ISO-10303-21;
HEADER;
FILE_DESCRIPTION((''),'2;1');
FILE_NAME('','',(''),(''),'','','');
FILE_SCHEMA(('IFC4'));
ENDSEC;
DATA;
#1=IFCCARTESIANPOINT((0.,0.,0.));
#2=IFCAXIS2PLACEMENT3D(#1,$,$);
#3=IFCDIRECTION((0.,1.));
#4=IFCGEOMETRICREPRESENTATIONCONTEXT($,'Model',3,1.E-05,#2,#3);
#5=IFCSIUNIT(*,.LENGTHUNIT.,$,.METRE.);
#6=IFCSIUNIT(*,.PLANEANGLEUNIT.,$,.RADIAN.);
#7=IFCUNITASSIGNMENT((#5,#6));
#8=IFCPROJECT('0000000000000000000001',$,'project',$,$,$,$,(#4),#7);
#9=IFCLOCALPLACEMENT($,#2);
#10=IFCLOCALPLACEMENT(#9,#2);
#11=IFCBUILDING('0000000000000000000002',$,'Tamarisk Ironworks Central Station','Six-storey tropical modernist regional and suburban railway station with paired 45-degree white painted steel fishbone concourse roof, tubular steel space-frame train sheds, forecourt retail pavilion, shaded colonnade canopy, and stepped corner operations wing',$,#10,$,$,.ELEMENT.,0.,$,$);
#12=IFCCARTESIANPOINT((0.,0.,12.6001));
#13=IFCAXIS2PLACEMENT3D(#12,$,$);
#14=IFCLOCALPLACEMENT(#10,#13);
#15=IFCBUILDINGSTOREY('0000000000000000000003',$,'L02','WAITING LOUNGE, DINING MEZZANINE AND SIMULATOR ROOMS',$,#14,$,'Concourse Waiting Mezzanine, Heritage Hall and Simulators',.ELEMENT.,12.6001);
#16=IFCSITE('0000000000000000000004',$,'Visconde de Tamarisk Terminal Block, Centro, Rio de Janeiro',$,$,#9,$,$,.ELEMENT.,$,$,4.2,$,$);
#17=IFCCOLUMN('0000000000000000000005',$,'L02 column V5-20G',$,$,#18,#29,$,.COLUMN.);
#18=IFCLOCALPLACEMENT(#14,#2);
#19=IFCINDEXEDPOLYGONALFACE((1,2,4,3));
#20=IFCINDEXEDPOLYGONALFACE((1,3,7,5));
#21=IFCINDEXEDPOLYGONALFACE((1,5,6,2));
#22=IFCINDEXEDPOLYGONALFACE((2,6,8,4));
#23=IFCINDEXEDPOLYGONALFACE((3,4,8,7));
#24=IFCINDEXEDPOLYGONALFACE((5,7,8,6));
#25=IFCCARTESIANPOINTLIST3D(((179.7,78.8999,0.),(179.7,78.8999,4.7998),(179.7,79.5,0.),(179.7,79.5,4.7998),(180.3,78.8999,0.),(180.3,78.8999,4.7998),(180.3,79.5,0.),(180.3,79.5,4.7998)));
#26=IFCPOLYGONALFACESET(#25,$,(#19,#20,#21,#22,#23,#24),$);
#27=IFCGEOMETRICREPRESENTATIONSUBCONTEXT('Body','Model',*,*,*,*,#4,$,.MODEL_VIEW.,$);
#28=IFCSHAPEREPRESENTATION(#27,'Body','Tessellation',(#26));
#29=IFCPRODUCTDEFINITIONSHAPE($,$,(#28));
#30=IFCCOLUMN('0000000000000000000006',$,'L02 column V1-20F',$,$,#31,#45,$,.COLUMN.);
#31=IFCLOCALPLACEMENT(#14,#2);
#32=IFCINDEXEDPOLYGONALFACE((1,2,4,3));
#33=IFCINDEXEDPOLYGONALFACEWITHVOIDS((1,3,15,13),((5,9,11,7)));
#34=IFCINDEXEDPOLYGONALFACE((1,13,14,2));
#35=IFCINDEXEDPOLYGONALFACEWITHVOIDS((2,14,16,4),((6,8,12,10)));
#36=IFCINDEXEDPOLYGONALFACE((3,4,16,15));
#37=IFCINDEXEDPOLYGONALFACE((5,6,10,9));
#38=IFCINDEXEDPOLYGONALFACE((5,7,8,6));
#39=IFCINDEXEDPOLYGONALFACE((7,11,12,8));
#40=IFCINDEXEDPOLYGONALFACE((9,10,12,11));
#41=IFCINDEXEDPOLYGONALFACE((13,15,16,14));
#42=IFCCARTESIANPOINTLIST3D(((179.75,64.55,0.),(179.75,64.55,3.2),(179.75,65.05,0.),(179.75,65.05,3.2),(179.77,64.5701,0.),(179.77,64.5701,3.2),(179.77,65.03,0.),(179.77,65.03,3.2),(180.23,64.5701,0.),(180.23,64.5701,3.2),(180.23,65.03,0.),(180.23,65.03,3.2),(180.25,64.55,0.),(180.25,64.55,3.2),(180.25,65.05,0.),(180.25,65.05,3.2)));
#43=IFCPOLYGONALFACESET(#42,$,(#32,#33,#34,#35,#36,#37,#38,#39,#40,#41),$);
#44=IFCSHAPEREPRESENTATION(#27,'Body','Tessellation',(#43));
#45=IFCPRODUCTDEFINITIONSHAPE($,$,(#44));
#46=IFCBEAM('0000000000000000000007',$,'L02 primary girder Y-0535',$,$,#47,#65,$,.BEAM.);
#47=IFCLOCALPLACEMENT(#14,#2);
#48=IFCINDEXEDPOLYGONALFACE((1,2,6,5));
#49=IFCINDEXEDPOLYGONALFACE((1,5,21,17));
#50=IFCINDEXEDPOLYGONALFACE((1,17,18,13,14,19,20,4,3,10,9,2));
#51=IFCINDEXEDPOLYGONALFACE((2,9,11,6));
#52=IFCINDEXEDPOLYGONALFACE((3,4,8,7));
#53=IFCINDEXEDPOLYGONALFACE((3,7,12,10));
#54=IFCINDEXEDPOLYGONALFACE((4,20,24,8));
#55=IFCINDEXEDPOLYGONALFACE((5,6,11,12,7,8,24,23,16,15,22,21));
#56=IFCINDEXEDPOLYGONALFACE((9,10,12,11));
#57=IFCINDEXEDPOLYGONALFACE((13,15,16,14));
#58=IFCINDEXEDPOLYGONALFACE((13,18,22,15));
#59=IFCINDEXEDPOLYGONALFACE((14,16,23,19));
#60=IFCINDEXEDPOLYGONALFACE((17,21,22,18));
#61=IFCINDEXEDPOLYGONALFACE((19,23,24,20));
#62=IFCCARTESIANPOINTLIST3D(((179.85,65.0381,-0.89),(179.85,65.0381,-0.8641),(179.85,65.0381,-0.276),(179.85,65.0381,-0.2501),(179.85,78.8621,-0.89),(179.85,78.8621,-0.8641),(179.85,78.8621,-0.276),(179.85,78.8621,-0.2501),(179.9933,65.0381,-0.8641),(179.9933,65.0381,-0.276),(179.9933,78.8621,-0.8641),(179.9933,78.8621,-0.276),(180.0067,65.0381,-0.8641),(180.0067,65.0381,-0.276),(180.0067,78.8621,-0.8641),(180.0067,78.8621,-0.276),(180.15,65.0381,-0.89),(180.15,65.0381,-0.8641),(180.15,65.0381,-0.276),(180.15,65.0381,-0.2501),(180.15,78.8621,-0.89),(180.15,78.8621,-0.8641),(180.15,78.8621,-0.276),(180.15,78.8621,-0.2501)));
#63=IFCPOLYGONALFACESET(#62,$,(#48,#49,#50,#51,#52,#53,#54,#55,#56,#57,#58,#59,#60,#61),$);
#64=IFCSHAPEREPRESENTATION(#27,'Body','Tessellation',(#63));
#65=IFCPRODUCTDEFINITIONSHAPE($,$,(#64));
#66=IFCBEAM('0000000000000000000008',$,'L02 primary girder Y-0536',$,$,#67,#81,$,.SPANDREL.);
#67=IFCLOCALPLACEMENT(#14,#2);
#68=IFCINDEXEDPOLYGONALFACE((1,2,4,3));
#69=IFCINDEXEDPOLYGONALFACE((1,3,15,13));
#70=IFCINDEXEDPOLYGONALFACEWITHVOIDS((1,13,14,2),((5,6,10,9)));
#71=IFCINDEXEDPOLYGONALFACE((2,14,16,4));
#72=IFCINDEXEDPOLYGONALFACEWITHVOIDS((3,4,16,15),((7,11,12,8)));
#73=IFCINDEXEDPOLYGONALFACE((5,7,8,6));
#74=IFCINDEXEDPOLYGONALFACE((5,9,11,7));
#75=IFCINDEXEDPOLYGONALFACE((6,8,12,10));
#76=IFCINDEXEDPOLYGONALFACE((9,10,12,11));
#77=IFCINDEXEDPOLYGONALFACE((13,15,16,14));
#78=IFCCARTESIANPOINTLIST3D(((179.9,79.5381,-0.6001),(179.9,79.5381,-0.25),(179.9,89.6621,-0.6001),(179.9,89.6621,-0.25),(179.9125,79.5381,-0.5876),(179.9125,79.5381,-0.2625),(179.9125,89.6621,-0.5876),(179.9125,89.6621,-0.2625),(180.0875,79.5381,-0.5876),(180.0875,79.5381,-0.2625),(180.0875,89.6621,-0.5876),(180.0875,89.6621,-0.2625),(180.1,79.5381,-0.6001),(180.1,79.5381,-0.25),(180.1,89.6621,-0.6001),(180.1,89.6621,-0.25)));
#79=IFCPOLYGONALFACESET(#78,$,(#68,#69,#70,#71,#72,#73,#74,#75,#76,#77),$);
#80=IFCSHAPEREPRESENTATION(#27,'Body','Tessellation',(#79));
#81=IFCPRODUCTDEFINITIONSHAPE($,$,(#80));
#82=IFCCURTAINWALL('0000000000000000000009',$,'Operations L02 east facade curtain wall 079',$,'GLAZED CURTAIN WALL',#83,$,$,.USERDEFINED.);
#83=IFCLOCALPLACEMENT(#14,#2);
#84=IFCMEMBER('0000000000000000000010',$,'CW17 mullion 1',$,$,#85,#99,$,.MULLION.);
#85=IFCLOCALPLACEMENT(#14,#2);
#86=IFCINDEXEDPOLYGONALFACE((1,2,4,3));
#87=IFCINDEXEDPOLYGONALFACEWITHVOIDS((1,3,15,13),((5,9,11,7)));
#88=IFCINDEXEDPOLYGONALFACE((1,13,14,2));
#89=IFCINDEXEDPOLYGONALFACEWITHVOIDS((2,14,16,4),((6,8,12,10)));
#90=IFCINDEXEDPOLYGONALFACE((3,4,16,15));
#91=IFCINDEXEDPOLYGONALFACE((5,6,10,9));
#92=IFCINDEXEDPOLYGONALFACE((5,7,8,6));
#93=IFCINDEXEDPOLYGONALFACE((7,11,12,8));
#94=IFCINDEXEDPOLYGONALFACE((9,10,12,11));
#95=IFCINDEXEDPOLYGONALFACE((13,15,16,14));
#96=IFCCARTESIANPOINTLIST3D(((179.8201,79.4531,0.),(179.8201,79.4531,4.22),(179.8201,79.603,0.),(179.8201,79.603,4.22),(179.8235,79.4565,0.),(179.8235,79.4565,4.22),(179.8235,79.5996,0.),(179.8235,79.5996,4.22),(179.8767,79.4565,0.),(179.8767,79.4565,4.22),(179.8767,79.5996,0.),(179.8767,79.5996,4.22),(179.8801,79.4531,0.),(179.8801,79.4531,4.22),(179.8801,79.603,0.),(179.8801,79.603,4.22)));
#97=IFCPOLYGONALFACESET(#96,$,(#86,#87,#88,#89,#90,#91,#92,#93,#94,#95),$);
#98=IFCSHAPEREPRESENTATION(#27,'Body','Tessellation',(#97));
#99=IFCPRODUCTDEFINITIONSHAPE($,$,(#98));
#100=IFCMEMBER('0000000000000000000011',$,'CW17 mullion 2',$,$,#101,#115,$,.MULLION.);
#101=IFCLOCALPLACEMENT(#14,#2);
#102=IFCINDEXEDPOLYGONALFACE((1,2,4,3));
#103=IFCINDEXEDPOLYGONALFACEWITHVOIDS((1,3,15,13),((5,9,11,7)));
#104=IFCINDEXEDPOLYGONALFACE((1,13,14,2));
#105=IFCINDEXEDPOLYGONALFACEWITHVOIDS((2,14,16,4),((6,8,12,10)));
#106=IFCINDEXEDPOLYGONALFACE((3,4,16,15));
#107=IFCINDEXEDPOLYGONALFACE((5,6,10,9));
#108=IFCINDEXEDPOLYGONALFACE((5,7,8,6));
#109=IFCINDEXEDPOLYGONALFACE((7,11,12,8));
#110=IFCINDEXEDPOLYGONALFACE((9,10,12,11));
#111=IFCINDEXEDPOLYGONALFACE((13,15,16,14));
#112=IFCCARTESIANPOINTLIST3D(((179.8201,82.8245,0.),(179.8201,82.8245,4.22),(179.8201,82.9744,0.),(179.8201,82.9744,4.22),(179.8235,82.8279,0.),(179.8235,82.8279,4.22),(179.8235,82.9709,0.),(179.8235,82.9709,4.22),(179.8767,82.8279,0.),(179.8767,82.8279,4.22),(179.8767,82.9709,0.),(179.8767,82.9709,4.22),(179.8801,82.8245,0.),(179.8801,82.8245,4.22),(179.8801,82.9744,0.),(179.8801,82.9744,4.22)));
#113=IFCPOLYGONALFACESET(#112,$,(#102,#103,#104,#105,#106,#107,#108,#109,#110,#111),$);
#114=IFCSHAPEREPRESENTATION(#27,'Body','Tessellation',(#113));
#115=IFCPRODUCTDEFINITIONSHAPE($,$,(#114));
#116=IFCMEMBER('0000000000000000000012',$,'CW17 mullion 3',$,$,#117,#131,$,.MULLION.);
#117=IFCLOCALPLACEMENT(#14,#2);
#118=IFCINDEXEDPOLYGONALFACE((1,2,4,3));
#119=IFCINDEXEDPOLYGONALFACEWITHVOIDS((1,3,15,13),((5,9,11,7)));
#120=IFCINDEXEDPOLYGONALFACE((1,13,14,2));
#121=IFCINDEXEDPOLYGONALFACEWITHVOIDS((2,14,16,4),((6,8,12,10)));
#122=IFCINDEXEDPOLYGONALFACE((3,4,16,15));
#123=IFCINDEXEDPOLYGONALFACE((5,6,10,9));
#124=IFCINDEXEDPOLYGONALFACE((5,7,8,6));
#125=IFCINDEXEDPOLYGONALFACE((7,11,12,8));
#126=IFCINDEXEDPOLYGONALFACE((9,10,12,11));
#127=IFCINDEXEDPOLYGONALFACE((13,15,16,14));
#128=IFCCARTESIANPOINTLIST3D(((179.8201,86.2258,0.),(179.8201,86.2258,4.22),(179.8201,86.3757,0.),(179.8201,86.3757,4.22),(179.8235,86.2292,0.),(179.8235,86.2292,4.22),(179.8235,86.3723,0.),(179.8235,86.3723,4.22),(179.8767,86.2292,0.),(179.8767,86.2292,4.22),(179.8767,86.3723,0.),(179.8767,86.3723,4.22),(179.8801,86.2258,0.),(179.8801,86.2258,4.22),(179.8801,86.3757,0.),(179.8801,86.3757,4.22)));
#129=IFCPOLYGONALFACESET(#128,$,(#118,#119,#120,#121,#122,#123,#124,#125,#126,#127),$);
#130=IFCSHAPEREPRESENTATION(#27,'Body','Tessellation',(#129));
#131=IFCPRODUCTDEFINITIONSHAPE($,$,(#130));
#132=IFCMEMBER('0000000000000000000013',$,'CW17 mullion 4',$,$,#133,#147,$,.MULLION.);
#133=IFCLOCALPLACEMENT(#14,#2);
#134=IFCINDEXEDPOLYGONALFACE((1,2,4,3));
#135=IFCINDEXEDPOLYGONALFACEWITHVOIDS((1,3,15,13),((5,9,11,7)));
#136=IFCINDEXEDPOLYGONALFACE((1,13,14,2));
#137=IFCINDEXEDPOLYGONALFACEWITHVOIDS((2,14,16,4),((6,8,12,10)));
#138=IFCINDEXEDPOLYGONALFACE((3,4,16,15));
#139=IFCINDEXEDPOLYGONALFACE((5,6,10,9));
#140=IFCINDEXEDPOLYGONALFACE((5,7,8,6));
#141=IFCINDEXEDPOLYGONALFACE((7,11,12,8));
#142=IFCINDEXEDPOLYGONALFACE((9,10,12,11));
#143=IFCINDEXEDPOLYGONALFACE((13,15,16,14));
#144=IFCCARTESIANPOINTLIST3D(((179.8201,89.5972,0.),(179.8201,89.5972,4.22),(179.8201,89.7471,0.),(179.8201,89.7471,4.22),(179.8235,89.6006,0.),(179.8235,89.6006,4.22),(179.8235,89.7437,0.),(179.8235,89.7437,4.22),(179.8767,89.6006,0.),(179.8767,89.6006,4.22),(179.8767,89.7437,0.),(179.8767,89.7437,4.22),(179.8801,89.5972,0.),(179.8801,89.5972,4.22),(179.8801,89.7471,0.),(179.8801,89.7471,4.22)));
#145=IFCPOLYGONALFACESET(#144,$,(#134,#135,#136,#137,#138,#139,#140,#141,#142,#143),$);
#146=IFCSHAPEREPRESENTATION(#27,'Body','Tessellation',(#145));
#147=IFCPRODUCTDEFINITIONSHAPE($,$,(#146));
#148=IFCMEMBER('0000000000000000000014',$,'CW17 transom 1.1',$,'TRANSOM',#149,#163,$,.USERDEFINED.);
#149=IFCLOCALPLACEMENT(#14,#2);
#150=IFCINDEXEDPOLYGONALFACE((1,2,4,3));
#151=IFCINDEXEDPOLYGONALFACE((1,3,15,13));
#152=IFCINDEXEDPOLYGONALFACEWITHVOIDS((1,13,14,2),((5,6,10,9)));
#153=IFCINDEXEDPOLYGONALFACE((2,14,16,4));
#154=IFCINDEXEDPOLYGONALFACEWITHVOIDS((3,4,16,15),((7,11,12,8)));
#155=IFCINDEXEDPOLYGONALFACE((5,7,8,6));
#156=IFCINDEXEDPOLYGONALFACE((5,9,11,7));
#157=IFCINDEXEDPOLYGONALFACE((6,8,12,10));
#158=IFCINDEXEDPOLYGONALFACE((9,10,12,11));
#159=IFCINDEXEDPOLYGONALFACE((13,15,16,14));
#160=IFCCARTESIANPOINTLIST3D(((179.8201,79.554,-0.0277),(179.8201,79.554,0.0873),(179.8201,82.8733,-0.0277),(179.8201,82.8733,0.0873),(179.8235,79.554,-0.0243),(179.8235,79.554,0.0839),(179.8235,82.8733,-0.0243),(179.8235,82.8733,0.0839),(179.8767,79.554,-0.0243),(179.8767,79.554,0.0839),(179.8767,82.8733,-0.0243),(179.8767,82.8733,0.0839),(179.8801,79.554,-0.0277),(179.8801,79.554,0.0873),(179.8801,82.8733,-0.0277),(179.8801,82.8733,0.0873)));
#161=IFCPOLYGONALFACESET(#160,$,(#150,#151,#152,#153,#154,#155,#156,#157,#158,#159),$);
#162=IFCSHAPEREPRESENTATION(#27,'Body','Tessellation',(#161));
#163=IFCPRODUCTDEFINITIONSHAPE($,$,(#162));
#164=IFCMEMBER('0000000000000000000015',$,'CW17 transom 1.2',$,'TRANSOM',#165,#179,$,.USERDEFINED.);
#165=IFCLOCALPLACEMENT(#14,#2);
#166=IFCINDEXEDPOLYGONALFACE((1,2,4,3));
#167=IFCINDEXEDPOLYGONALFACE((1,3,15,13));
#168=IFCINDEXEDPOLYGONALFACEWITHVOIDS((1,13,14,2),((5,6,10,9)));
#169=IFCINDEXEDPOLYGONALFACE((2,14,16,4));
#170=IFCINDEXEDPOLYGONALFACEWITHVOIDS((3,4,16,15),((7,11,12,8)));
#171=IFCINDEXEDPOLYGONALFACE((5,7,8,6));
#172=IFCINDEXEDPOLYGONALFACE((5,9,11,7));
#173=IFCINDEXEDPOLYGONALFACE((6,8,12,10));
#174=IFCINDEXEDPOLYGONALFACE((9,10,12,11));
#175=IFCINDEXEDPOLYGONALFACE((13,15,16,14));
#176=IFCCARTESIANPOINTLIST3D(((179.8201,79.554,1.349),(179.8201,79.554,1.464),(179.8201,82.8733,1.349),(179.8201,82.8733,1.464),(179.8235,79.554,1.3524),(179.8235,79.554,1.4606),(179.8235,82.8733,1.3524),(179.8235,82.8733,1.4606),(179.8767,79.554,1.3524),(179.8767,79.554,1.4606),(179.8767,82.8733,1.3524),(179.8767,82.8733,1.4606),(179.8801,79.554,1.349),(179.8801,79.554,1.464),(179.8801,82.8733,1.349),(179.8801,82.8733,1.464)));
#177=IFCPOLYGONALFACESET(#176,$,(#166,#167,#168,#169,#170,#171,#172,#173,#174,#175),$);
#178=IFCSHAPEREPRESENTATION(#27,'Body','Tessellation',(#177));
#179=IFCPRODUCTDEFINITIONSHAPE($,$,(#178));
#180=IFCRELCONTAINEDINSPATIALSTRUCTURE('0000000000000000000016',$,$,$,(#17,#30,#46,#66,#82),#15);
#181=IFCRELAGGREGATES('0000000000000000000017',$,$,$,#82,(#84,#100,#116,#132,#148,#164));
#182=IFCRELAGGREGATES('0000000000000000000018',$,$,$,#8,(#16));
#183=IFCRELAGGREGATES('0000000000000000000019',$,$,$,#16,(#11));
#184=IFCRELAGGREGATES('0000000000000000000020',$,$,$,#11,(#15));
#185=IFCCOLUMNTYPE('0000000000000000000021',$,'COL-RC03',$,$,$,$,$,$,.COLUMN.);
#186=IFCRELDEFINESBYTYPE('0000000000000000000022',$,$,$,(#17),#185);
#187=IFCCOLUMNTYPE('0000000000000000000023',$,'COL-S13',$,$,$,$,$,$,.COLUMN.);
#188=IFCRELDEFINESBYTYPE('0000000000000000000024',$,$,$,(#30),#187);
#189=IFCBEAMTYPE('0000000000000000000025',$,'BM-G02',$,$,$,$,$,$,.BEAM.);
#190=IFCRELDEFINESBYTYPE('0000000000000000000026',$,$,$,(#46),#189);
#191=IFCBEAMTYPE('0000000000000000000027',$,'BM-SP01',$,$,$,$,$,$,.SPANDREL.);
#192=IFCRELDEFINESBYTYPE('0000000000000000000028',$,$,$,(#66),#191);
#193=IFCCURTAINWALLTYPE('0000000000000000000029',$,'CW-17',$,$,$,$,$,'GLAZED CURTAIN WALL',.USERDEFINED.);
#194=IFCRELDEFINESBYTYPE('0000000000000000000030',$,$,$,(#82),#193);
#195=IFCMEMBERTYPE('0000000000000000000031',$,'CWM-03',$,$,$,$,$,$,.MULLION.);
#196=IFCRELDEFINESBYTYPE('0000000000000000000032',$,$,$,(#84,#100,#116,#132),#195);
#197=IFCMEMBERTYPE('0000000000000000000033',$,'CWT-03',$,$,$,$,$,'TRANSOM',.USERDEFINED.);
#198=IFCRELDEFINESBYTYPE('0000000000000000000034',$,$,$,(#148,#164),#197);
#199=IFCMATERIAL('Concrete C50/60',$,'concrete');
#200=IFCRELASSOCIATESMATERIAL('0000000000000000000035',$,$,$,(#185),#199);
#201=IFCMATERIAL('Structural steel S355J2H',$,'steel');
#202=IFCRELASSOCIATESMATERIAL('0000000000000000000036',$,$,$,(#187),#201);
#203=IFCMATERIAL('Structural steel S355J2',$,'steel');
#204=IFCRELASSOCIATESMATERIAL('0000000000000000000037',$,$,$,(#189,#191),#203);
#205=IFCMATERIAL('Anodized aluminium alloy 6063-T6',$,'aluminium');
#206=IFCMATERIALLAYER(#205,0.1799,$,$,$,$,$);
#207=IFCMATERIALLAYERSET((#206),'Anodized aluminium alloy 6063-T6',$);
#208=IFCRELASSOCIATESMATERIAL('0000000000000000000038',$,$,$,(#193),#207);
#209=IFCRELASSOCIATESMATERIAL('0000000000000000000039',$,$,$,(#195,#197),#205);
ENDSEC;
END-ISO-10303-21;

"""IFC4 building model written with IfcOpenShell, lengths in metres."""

from ifc_helpers import new_model, si_unit, direction, frame, origin, origin_2d, place, context, subcontext, project, spatial, rectangle, hollow_rectangle, i_section, extrude, material, layer, layer_set, material_profile, profile_set, type_object, element, aggregate, save


model = new_model("IFC4")

# Units and contexts
model_context = context("Model", 3, precision=1e-05, world=origin(), true_north=direction((0.0, 1.0)))
body_context = subcontext(model_context, "Body", "Model", "MODEL_VIEW")
ifc_project = project(units=[si_unit("LENGTHUNIT", "METRE"), si_unit("PLANEANGLEUNIT", "RADIAN")], contexts=[model_context])

# Site, building, storey
site_placement = place(None, origin())
site = spatial("IfcSite", under=ifc_project, at=site_placement, Name="Visconde de Tamarisk Terminal Block, Centro, Rio de Janeiro", CompositionType="ELEMENT", RefElevation=4.2)
building_placement = place(site_placement, origin())
building = spatial("IfcBuilding", under=site, at=building_placement, Name="Tamarisk Ironworks Central Station", Description="Six-storey tropical modernist regional and suburban railway station with paired 45-degree white painted steel fishbone concourse roof, tubular steel space-frame train sheds, forecourt retail pavilion, shaded colonnade canopy, and stepped corner operations wing", CompositionType="ELEMENT", ElevationOfRefHeight=0.0)
storey_placement = place(building_placement, frame((0.0, 0.0, 12.6001)))
storey = spatial("IfcBuildingStorey", under=building, at=storey_placement, Name="L02", Description="WAITING LOUNGE, DINING MEZZANINE AND SIMULATOR ROOMS", LongName="Concourse Waiting Mezzanine, Heritage Hall and Simulators", CompositionType="ELEMENT", Elevation=12.6001)

# Columns
ifc_material_1 = material(Name="Concrete C50/60", Category="concrete")
ifc_material_profile_1 = material_profile(ifc_material_1, rectangle(XDim=0.6001, YDim=0.6001, at=origin_2d()), Name="RC 600x600")
ifc_profile_set_1 = profile_set([ifc_material_profile_1], Name="Concrete C50/60")
column_type_1 = type_object("IfcColumnType", Name="COL-RC03", PredefinedType="COLUMN", material=ifc_profile_set_1)
column_1_placement = place(storey_placement, frame((180.0, 79.2, 0.0), z_axis=(0.0, 0.0, 1.0), x_axis=(1.0, 0.0, 0.0)))
element("IfcColumn", 1, at=column_1_placement, inside=storey, type_object=column_type_1, Name="L02 column V5-20G", PredefinedType="COLUMN", context=body_context, shape_type="SweptSolid", body=[
    extrude(rectangle(XDim=0.6001, YDim=0.6001, at=origin_2d()), origin(), (0.0, 0.0, 1.0), 4.7998),
])
ifc_material_2 = material(Name="Structural steel S355J2H", Category="steel")
ifc_material_profile_2 = material_profile(ifc_material_2, hollow_rectangle(XDim=0.5, YDim=0.5, WallThickness=0.02, at=origin_2d()), Name="SHS 500x500x20")
ifc_profile_set_2 = profile_set([ifc_material_profile_2], Name="Structural steel S355J2H")
column_type_2 = type_object("IfcColumnType", Name="COL-S13", PredefinedType="COLUMN", material=ifc_profile_set_2)
column_2_placement = place(storey_placement, frame((180.0, 64.8, 0.0), z_axis=(0.0, 0.0, 1.0), x_axis=(1.0, 0.0, 0.0)))
element("IfcColumn", 2, at=column_2_placement, inside=storey, type_object=column_type_2, Name="L02 column V1-20F", PredefinedType="COLUMN", context=body_context, shape_type="SweptSolid", body=[
    extrude(hollow_rectangle(XDim=0.5, YDim=0.5, WallThickness=0.02, at=origin_2d()), origin(), (0.0, 0.0, 1.0), 3.2),
])

# Beams
ifc_material_3 = material(Name="Structural steel S355J2", Category="steel")
ifc_material_profile_3 = material_profile(ifc_material_3, i_section(OverallWidth=0.3, OverallDepth=0.6399, WebThickness=0.0134, FlangeThickness=0.0259, at=origin_2d()), Name="HEA 650")
ifc_profile_set_3 = profile_set([ifc_material_profile_3], Name="Structural steel S355J2")
beam_type_1 = type_object("IfcBeamType", Name="BM-G02", PredefinedType="BEAM", material=ifc_profile_set_3)
beam_1_placement = place(storey_placement, frame((180.0, 65.0381, -0.5701), z_axis=(0.0, 1.0, 0.0), x_axis=(-1.0, 0.0, 0.0)))
element("IfcBeam", 3, at=beam_1_placement, inside=storey, type_object=beam_type_1, Name="L02 primary girder Y-0535", PredefinedType="BEAM", context=body_context, shape_type="SweptSolid", body=[
    extrude(i_section(OverallWidth=0.3, OverallDepth=0.6399, WebThickness=0.0134, FlangeThickness=0.0259, at=origin_2d()), origin(), (0.0, 0.0, 1.0), 13.824),
])
ifc_material_profile_4 = material_profile(ifc_material_3, hollow_rectangle(XDim=0.2, YDim=0.3501, WallThickness=0.0125, at=origin_2d()), Name="RHS 350x200x12.5")
ifc_profile_set_4 = profile_set([ifc_material_profile_4], Name="Structural steel S355J2")
beam_type_2 = type_object("IfcBeamType", Name="BM-SP01", PredefinedType="SPANDREL", material=ifc_profile_set_4)
beam_2_placement = place(storey_placement, frame((180.0, 79.5381, -0.425), z_axis=(0.0, 1.0, 0.0), x_axis=(-1.0, 0.0, 0.0)))
element("IfcBeam", 4, at=beam_2_placement, inside=storey, type_object=beam_type_2, Name="L02 primary girder Y-0536", PredefinedType="SPANDREL", context=body_context, shape_type="SweptSolid", body=[
    extrude(hollow_rectangle(XDim=0.2, YDim=0.3501, WallThickness=0.0125, at=origin_2d()), origin(), (0.0, 0.0, 1.0), 10.124),
])

# Curtain wall, members
ifc_material_4 = material(Name="Anodized aluminium alloy 6063-T6", Category="aluminium")
ifc_layer_1 = layer(ifc_material_4, 0.1799)
ifc_layer_set_1 = layer_set([ifc_layer_1], Name="Anodized aluminium alloy 6063-T6")
curtain_wall_type = type_object("IfcCurtainWallType", Name="CW-17", ElementType="GLAZED CURTAIN WALL", PredefinedType="USERDEFINED", material=ifc_layer_set_1)
curtain_wall_placement = place(storey_placement, origin())
curtain_wall = element("IfcCurtainWall", 5, at=curtain_wall_placement, inside=storey, type_object=curtain_wall_type, Name="Operations L02 east facade curtain wall 079", ObjectType="GLAZED CURTAIN WALL", PredefinedType="USERDEFINED")
ifc_material_profile_5 = material_profile(ifc_material_4, hollow_rectangle(XDim=0.0601, YDim=0.1499, WallThickness=0.0034, at=origin_2d()), Name="ALUM 150x60")
ifc_profile_set_5 = profile_set([ifc_material_profile_5], Name="Anodized aluminium alloy 6063-T6")
member_type_1 = type_object("IfcMemberType", Name="CWM-03", PredefinedType="MULLION", material=ifc_profile_set_5)
member_1_placement = place(storey_placement, frame((179.8501, 79.5281, 0.0), z_axis=(0.0, 0.0, 1.0), x_axis=(-1.0, 0.0, 0.0)))
member_1 = element("IfcMember", 6, at=member_1_placement, type_object=member_type_1, Name="CW17 mullion 1", PredefinedType="MULLION", context=body_context, shape_type="SweptSolid", body=[
    extrude(hollow_rectangle(XDim=0.0601, YDim=0.1499, WallThickness=0.0034, at=origin_2d()), origin(), (0.0, 0.0, 1.0), 4.22),
])
member_2_placement = place(storey_placement, frame((179.8501, 82.8994, 0.0), z_axis=(0.0, 0.0, 1.0), x_axis=(-1.0, 0.0, 0.0)))
member_2 = element("IfcMember", 7, at=member_2_placement, type_object=member_type_1, Name="CW17 mullion 2", PredefinedType="MULLION", context=body_context, shape_type="SweptSolid", body=[
    extrude(hollow_rectangle(XDim=0.0601, YDim=0.1499, WallThickness=0.0034, at=origin_2d()), origin(), (0.0, 0.0, 1.0), 4.22),
])
member_3_placement = place(storey_placement, frame((179.8501, 86.3008, 0.0), z_axis=(0.0, 0.0, 1.0), x_axis=(-1.0, 0.0, 0.0)))
member_3 = element("IfcMember", 8, at=member_3_placement, type_object=member_type_1, Name="CW17 mullion 3", PredefinedType="MULLION", context=body_context, shape_type="SweptSolid", body=[
    extrude(hollow_rectangle(XDim=0.0601, YDim=0.1499, WallThickness=0.0034, at=origin_2d()), origin(), (0.0, 0.0, 1.0), 4.22),
])
member_4_placement = place(storey_placement, frame((179.8501, 89.6721, 0.0), z_axis=(0.0, 0.0, 1.0), x_axis=(-1.0, 0.0, 0.0)))
member_4 = element("IfcMember", 9, at=member_4_placement, type_object=member_type_1, Name="CW17 mullion 4", PredefinedType="MULLION", context=body_context, shape_type="SweptSolid", body=[
    extrude(hollow_rectangle(XDim=0.0601, YDim=0.1499, WallThickness=0.0034, at=origin_2d()), origin(), (0.0, 0.0, 1.0), 4.22),
])
ifc_material_profile_6 = material_profile(ifc_material_4, hollow_rectangle(XDim=0.0601, YDim=0.115, WallThickness=0.0034, at=origin_2d()), Name="ALUM 115x60")
ifc_profile_set_6 = profile_set([ifc_material_profile_6], Name="Anodized aluminium alloy 6063-T6")
member_type_2 = type_object("IfcMemberType", Name="CWT-03", ElementType="TRANSOM", PredefinedType="USERDEFINED", material=ifc_profile_set_6)
member_5_placement = place(storey_placement, frame((179.8501, 79.554, 0.0298), z_axis=(0.0, 1.0, 0.0), x_axis=(-1.0, 0.0, 0.0)))
member_5 = element("IfcMember", 10, at=member_5_placement, type_object=member_type_2, Name="CW17 transom 1.1", ObjectType="TRANSOM", PredefinedType="USERDEFINED", context=body_context, shape_type="SweptSolid", body=[
    extrude(hollow_rectangle(XDim=0.0601, YDim=0.115, WallThickness=0.0034, at=origin_2d()), origin(), (0.0, 0.0, 1.0), 3.3193),
])
member_6_placement = place(storey_placement, frame((179.8501, 79.554, 1.4065), z_axis=(0.0, 1.0, 0.0), x_axis=(-1.0, 0.0, 0.0)))
member_6 = element("IfcMember", 11, at=member_6_placement, type_object=member_type_2, Name="CW17 transom 1.2", ObjectType="TRANSOM", PredefinedType="USERDEFINED", context=body_context, shape_type="SweptSolid", body=[
    extrude(hollow_rectangle(XDim=0.0601, YDim=0.115, WallThickness=0.0034, at=origin_2d()), origin(), (0.0, 0.0, 1.0), 3.3193),
])
aggregate(curtain_wall, [member_1, member_2, member_3, member_4, member_5, member_6])

save(model, "model.ifc")
